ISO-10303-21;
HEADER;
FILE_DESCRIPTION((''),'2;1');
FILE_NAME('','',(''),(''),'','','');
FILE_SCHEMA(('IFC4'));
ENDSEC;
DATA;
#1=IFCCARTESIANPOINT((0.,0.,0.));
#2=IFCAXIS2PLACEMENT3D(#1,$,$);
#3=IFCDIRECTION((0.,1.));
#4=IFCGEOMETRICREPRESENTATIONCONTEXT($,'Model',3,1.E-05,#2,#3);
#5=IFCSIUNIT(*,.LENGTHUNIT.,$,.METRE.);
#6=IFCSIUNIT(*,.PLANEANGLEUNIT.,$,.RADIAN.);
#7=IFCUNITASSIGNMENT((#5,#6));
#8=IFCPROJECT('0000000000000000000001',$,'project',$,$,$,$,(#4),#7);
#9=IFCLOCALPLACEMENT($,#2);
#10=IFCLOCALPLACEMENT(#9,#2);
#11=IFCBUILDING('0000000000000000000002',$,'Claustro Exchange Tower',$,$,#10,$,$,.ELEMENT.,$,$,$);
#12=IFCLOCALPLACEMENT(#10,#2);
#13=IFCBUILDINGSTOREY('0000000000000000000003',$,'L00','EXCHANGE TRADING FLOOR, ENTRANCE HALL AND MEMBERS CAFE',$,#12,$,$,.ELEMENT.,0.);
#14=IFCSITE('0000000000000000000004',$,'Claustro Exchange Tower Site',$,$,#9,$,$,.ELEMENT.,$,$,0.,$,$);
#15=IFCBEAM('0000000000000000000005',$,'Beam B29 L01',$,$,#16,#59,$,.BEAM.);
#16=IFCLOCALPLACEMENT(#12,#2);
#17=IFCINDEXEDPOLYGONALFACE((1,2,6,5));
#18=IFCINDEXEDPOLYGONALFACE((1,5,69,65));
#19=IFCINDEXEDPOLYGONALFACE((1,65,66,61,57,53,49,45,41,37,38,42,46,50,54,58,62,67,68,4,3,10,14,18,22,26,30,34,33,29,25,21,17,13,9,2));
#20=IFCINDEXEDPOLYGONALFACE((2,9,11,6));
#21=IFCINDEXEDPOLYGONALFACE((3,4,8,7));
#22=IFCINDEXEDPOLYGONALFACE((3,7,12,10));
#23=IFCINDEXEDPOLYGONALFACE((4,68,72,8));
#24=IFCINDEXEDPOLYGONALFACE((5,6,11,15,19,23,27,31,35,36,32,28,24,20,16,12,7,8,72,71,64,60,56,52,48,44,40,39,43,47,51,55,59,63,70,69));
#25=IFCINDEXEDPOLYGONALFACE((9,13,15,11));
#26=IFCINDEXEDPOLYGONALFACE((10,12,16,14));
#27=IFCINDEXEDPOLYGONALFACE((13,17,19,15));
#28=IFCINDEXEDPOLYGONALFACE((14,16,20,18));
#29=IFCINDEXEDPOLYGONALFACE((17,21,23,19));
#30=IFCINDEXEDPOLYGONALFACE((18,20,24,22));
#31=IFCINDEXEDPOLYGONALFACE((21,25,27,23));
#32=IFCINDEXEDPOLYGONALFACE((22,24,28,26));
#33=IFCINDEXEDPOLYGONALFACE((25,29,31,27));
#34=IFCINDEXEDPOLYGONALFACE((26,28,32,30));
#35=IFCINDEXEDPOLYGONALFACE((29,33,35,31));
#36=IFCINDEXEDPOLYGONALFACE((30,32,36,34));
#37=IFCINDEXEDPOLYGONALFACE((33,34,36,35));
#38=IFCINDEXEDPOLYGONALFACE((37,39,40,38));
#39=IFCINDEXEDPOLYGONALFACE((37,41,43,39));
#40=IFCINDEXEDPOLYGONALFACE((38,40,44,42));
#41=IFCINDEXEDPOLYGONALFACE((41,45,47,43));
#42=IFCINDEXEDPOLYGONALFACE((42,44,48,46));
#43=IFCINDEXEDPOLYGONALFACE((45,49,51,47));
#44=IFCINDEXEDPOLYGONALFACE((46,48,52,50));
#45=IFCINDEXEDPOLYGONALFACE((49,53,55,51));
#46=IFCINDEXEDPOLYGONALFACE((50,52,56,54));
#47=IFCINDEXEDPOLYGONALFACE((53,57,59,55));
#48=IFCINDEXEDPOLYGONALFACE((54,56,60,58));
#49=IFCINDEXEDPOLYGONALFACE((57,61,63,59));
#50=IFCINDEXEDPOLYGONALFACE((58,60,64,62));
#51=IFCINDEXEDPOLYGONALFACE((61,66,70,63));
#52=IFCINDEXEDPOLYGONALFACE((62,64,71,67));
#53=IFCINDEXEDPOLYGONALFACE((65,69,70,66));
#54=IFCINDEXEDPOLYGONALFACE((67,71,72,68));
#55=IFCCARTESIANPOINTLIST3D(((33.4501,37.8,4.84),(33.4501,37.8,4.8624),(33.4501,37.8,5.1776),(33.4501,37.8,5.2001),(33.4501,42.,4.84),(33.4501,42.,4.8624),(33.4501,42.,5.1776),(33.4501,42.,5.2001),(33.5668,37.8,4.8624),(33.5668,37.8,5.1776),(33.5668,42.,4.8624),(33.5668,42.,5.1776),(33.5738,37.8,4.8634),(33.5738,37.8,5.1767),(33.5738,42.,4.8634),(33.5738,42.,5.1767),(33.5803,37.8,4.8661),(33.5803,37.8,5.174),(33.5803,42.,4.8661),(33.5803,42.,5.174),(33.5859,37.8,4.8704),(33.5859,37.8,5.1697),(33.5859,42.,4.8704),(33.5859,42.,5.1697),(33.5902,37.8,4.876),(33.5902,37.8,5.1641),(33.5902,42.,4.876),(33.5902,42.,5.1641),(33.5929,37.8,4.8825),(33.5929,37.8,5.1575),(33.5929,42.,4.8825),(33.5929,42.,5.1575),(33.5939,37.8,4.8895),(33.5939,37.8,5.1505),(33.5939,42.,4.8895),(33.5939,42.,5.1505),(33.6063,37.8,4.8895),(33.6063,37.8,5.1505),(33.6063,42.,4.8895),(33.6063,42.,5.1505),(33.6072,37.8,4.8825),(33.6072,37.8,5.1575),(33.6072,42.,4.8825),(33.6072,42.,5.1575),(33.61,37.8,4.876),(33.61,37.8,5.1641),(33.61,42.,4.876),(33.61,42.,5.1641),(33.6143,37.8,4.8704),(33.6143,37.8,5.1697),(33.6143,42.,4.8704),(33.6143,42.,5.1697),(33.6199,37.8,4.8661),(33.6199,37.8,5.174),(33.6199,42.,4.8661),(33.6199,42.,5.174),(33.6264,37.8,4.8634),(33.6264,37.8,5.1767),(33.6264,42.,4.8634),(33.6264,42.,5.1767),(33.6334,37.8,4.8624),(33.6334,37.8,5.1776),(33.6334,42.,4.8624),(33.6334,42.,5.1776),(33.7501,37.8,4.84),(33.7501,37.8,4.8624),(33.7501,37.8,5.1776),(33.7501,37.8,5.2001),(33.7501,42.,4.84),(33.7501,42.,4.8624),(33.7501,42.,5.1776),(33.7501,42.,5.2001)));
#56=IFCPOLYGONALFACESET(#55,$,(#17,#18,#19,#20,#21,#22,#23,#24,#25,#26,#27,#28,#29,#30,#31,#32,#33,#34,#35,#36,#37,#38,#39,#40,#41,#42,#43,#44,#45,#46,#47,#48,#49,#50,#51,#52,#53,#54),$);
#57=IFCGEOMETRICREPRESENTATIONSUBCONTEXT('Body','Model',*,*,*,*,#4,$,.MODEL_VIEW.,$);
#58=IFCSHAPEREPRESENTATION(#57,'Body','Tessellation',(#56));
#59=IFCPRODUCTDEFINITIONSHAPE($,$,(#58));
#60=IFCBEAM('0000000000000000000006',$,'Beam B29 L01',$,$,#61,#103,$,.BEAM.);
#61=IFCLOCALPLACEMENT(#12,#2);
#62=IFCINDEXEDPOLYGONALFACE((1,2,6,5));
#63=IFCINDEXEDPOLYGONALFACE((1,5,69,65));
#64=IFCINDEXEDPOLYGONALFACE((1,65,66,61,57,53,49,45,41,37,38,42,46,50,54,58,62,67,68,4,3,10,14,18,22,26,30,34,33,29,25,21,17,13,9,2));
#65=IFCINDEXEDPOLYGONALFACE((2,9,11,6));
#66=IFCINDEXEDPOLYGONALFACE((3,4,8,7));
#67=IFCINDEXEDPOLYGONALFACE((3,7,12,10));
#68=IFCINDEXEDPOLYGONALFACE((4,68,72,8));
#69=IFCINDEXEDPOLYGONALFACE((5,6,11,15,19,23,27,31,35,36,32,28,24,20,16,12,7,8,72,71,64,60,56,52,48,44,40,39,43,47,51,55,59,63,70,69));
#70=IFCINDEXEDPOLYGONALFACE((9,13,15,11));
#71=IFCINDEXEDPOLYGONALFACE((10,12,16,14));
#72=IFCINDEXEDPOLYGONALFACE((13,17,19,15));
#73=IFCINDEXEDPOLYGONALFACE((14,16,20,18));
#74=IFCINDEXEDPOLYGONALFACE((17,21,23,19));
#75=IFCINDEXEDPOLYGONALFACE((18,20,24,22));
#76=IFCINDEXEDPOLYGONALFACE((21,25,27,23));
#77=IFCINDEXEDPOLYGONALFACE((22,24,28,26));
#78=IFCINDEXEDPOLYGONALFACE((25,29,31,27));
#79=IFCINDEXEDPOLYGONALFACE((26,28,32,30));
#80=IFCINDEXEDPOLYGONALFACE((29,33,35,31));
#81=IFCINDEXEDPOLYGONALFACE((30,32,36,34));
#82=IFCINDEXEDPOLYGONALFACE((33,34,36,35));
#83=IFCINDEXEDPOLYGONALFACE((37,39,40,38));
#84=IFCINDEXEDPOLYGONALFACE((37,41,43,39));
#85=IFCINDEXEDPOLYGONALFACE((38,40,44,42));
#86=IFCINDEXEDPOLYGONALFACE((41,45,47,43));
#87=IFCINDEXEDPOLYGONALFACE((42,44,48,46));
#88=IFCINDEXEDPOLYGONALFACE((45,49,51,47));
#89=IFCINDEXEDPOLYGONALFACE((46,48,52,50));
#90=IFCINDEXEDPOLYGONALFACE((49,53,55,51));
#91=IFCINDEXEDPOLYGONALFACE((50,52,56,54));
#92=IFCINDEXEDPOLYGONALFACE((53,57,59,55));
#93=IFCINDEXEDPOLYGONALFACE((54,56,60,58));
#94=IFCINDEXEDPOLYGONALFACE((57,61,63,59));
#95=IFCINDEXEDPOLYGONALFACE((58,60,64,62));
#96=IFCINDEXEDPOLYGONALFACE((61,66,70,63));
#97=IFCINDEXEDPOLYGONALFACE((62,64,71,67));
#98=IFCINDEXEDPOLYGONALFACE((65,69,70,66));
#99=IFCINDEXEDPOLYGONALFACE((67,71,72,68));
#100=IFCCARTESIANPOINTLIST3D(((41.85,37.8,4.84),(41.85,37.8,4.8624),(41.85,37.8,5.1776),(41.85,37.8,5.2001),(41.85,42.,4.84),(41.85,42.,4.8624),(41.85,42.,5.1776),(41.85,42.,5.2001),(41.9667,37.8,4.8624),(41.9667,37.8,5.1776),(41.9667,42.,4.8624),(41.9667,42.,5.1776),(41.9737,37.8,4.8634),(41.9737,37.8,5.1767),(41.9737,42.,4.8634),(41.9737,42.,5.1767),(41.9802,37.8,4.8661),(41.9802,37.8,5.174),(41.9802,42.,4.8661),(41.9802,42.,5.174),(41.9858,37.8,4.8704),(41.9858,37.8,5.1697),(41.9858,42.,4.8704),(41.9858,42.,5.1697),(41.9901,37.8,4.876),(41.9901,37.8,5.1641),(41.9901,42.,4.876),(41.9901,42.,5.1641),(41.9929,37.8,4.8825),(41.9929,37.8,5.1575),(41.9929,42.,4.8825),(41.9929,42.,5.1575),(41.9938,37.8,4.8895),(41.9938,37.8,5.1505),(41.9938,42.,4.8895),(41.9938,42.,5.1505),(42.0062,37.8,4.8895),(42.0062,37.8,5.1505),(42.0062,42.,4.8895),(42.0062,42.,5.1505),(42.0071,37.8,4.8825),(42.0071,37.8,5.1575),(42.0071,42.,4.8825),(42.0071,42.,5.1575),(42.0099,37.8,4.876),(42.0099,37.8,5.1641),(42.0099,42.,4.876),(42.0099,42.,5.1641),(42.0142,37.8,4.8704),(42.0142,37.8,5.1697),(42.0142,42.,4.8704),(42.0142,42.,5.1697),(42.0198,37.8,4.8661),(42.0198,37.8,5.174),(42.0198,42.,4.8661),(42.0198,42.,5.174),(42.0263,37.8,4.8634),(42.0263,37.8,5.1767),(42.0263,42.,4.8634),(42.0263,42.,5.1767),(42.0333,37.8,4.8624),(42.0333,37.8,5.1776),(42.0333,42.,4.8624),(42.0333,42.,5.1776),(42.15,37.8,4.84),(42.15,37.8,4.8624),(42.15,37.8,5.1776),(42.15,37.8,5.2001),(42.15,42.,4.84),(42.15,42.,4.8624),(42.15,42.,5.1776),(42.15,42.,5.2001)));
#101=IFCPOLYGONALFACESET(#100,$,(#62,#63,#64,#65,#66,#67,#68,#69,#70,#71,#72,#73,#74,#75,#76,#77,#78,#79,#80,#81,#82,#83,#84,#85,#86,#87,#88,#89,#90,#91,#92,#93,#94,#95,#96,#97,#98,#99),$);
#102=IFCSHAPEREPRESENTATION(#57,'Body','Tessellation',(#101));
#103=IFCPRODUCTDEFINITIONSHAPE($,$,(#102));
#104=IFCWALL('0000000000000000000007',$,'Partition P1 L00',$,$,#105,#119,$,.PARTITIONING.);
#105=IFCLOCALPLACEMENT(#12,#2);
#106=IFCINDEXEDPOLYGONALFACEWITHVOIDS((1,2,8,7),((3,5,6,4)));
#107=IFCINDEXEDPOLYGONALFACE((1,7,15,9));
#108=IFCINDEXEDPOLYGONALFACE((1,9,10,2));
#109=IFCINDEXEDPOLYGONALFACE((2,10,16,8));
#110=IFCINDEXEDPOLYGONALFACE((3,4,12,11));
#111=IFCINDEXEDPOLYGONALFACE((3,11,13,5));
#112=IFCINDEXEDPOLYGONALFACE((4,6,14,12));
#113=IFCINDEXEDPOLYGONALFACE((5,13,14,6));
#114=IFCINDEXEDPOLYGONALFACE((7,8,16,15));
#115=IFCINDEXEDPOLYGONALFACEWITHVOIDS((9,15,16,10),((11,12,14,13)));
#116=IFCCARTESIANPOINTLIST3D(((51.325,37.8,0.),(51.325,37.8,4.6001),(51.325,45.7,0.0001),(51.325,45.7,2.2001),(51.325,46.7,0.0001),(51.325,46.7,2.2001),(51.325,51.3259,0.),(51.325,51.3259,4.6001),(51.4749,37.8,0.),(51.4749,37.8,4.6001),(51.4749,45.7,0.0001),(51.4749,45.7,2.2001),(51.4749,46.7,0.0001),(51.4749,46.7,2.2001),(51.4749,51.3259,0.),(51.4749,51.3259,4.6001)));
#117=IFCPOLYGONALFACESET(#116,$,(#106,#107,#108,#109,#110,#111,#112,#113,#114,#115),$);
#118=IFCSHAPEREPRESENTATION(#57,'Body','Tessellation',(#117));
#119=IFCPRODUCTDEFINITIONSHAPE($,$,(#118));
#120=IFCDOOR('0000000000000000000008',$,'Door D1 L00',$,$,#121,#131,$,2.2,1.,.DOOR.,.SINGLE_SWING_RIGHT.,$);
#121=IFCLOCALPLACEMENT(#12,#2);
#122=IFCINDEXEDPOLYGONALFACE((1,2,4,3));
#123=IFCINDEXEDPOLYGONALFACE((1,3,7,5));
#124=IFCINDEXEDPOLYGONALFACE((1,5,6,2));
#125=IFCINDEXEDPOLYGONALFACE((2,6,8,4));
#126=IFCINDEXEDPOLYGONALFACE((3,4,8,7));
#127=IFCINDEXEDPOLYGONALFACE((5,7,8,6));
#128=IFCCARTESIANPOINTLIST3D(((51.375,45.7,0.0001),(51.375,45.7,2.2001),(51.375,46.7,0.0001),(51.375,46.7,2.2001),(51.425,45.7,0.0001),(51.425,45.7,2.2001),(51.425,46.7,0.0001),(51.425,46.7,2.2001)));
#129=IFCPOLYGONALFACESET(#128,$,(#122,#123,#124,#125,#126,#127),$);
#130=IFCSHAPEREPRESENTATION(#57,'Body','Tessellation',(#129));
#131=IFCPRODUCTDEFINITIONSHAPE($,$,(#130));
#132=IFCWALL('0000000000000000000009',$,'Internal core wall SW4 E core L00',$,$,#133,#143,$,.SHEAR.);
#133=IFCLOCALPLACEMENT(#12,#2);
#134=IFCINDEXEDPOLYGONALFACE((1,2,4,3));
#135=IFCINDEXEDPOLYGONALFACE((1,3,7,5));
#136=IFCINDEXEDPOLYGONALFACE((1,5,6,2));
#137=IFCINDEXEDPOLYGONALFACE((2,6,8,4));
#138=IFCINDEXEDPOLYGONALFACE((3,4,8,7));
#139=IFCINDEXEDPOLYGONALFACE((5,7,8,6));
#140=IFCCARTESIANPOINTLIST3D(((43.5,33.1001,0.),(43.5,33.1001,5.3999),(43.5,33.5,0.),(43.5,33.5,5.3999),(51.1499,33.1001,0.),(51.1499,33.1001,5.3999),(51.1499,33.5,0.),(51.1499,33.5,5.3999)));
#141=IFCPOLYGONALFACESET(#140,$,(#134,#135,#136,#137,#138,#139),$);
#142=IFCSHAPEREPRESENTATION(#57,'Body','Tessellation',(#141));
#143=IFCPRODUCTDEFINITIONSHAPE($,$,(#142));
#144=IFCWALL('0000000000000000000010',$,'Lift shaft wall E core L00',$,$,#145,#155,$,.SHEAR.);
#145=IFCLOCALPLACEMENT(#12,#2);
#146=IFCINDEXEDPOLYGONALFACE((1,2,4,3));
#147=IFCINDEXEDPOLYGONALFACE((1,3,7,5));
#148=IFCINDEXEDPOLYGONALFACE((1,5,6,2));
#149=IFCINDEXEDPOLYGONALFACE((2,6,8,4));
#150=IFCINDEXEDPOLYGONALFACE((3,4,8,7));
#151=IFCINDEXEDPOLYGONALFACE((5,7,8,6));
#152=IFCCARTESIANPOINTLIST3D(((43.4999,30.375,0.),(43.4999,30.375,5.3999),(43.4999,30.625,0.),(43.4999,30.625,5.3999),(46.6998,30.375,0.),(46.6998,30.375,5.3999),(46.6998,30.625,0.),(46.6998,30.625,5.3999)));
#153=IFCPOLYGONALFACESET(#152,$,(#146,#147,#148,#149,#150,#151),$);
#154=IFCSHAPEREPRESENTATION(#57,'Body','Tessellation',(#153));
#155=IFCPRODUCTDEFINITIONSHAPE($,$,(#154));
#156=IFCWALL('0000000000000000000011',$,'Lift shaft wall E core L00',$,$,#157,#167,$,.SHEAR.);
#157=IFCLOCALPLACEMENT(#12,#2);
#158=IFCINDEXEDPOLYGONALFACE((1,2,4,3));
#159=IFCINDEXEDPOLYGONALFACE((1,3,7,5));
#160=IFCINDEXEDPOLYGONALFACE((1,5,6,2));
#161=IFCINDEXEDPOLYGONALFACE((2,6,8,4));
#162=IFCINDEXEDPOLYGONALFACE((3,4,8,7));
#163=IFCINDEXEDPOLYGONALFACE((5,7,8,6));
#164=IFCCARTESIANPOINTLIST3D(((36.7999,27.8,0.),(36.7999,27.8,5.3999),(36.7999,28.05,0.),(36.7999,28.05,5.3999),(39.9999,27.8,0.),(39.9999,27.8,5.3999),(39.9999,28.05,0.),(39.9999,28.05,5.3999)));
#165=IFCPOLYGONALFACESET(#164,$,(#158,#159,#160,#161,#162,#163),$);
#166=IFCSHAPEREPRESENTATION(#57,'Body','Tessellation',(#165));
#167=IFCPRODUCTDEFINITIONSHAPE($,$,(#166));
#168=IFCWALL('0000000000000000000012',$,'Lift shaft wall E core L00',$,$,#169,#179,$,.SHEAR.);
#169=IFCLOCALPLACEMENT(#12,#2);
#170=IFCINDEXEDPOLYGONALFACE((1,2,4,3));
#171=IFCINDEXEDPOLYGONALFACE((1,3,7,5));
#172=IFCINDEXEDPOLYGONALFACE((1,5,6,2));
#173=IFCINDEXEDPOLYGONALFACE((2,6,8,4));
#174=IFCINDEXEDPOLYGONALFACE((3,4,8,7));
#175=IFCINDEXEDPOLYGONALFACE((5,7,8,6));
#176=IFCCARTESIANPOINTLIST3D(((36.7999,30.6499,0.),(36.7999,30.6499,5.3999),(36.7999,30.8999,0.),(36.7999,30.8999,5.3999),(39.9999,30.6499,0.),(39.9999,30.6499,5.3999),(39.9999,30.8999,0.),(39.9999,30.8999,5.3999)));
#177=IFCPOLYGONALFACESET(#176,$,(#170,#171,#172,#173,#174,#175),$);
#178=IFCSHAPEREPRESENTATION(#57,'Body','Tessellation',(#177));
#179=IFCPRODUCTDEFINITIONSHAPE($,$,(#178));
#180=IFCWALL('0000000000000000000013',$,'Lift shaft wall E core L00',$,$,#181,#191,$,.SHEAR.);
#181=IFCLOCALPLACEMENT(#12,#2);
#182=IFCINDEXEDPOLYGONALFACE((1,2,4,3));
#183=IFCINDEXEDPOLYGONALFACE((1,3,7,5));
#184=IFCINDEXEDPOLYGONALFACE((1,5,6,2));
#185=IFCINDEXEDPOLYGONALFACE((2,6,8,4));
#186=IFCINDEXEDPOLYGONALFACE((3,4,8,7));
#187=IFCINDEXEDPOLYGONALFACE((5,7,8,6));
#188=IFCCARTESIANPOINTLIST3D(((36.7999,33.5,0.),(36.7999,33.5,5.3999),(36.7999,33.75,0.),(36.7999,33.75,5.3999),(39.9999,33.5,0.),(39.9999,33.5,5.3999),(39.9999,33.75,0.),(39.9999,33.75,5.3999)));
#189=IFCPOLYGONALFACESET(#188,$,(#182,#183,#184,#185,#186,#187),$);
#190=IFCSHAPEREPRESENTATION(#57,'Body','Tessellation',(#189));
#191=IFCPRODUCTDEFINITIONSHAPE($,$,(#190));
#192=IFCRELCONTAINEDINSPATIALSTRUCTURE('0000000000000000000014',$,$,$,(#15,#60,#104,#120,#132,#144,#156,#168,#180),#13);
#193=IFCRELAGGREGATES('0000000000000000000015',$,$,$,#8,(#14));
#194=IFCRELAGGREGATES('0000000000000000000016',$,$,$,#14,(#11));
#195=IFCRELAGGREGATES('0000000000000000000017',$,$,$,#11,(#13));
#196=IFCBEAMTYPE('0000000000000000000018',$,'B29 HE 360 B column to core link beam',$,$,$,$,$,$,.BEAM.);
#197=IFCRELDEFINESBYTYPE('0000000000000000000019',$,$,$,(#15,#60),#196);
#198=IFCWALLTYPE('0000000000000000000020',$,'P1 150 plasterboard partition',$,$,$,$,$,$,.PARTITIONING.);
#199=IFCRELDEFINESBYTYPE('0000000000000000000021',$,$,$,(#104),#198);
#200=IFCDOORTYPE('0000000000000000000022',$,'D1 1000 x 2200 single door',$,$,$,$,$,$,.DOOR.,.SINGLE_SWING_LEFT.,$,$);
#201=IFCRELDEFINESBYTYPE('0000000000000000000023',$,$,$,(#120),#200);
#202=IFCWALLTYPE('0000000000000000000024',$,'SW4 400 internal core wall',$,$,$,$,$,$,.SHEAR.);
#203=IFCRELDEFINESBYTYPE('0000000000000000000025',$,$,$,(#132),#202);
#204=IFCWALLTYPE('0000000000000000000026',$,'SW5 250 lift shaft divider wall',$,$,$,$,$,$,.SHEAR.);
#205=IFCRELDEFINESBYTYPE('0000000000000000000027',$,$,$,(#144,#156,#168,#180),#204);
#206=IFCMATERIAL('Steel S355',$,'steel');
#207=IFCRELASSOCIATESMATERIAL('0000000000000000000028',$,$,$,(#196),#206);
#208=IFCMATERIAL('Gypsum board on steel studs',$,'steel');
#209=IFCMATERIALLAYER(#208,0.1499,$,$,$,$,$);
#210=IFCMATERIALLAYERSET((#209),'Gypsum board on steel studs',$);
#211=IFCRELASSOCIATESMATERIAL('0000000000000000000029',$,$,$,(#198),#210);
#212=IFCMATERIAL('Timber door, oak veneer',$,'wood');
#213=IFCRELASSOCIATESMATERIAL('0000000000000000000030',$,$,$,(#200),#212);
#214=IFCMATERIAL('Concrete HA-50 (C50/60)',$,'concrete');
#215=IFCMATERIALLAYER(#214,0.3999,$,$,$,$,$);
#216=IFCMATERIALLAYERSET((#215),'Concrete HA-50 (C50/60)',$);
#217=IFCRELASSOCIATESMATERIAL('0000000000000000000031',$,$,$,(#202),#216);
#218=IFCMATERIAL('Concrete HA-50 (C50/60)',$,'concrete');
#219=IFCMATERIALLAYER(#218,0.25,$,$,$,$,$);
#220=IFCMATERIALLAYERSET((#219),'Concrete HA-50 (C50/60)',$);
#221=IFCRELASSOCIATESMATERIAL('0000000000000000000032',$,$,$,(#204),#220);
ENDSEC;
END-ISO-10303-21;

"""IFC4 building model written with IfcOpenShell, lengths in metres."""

from ifc_helpers import new_model, si_unit, direction, frame, frame_2d, origin, origin_2d, place, context, subcontext, project, spatial, rectangle, i_section, extrude, material, layer, layer_set, material_profile, profile_set, type_object, element, fill, save


model = new_model("IFC4")

# Units and contexts
model_context = context("Model", 3, precision=1e-05, world=origin(), true_north=direction((0.0, 1.0)))
body_context = subcontext(model_context, "Body", "Model", "MODEL_VIEW")
ifc_project = project(units=[si_unit("LENGTHUNIT", "METRE"), si_unit("PLANEANGLEUNIT", "RADIAN")], contexts=[model_context])

# Site, building, storey
site_placement = place(None, origin())
site = spatial("IfcSite", under=ifc_project, at=site_placement, Name="Claustro Exchange Tower Site", CompositionType="ELEMENT", RefElevation=0.0)
building_placement = place(site_placement, origin())
building = spatial("IfcBuilding", under=site, at=building_placement, Name="Claustro Exchange Tower", CompositionType="ELEMENT")
storey_placement = place(building_placement, origin())
storey = spatial("IfcBuildingStorey", under=building, at=storey_placement, Name="L00", Description="EXCHANGE TRADING FLOOR, ENTRANCE HALL AND MEMBERS CAFE", CompositionType="ELEMENT", Elevation=0.0)

# Beams
ifc_material_1 = material(Name="Steel S355", Category="steel")
ifc_material_profile_1 = material_profile(ifc_material_1, i_section(OverallWidth=0.3, OverallDepth=0.3601, WebThickness=0.0125, FlangeThickness=0.0225, FilletRadius=0.0271, at=origin_2d()), Name="HE 360 B")
ifc_profile_set_1 = profile_set([ifc_material_profile_1], Name="Steel S355")
beam_type_1 = type_object("IfcBeamType", Name="B29 HE 360 B column to core link beam", PredefinedType="BEAM", material=ifc_profile_set_1)
for number, where, z_axis, x_axis, name in (
    (1, (33.6001, 37.8, 5.02), (0.0, 1.0, 0.0), (-1.0, 0.0, 0.0), "Beam B29 L01"),
    (2, (42.0, 37.8, 5.02), (0.0, 1.0, 0.0), (-1.0, 0.0, 0.0), "Beam B29 L01"),
):
    element("IfcBeam", number, at=place(storey_placement, frame(where, z_axis=z_axis, x_axis=x_axis)), inside=storey, type_object=beam_type_1, Name=name, PredefinedType="BEAM", context=body_context, shape_type="SweptSolid", body=[
        extrude(i_section(OverallWidth=0.3, OverallDepth=0.3601, WebThickness=0.0125, FlangeThickness=0.0225, FilletRadius=0.0271, at=origin_2d()), origin(), (0.0, 0.0, 1.0), 4.2),
    ])

# Wall, opening, door
ifc_material_2 = material(Name="Gypsum board on steel studs", Category="steel")
ifc_layer_1 = layer(ifc_material_2, 0.1499)
ifc_layer_set_1 = layer_set([ifc_layer_1], Name="Gypsum board on steel studs")
wall_type_1 = type_object("IfcWallType", Name="P1 150 plasterboard partition", PredefinedType="PARTITIONING", material=ifc_layer_set_1)
wall_1_placement = place(storey_placement, frame((51.3999, 37.8, 0.0), z_axis=(0.0, 0.0, 1.0), x_axis=(0.0, 1.0, 0.0)))
wall_1 = element("IfcWall", 3, at=wall_1_placement, inside=storey, type_object=wall_type_1, Name="Partition P1 L00", PredefinedType="PARTITIONING", context=body_context, shape_type="SweptSolid", body=[
    extrude(rectangle(XDim=13.5259, YDim=0.1499, at=frame_2d((6.7629, 0.0))), origin(), (0.0, 0.0, 1.0), 4.6001),
])
opening_1_placement = place(wall_1_placement, frame((7.8999, 0.0, 0.0)))
opening_1 = element("IfcOpeningElement", 4, at=opening_1_placement, cuts=wall_1, PredefinedType="OPENING", context=body_context, shape_type="SweptSolid", body=[
    extrude(rectangle(XDim=1.0, YDim=2.2, at=frame_2d((0.5, 1.1001))), frame((0.0, 0.085, 0.0), z_axis=(0.0, -1.0, 0.0), x_axis=(1.0, 0.0, 0.0)), (0.0, 0.0, 1.0), 0.1699),
])
ifc_material_3 = material(Name="Timber door, oak veneer", Category="wood")
door_type_1 = type_object("IfcDoorType", Name="D1 1000 x 2200 single door", OperationType="SINGLE_SWING_LEFT", PredefinedType="DOOR", material=ifc_material_3)
door_1_placement = place(opening_1_placement, origin())
door_1 = element("IfcDoor", 5, at=door_1_placement, inside=storey, type_object=door_type_1, Name="Door D1 L00", OperationType="SINGLE_SWING_RIGHT", OverallHeight=2.2, OverallWidth=1.0, PredefinedType="DOOR", context=body_context, shape_type="SweptSolid", body=[
    extrude(rectangle(XDim=1.0, YDim=2.2, at=frame_2d((0.5, 1.1001))), frame((0.0, 0.0249, 0.0), z_axis=(0.0, -1.0, 0.0), x_axis=(1.0, 0.0, 0.0)), (0.0, 0.0, 1.0), 0.05),
])
fill(opening_1, door_1)

# Walls
ifc_material_4 = material(Name="Concrete HA-50 (C50/60)", Category="concrete")
ifc_layer_2 = layer(ifc_material_4, 0.3999)
ifc_layer_set_2 = layer_set([ifc_layer_2], Name="Concrete HA-50 (C50/60)")
wall_type_2 = type_object("IfcWallType", Name="SW4 400 internal core wall", PredefinedType="SHEAR", material=ifc_layer_set_2)
wall_2_placement = place(storey_placement, frame((51.1499, 33.3, 0.0), z_axis=(0.0, 0.0, 1.0), x_axis=(-1.0, 0.0, 0.0)))
element("IfcWall", 6, at=wall_2_placement, inside=storey, type_object=wall_type_2, Name="Internal core wall SW4 E core L00", PredefinedType="SHEAR", context=body_context, shape_type="SweptSolid", body=[
    extrude(rectangle(XDim=7.6499, YDim=0.3999, at=frame_2d((3.825, 0.0))), origin(), (0.0, 0.0, 1.0), 5.3999),
])
ifc_material_5 = material(Name="Concrete HA-50 (C50/60)", Category="concrete")
ifc_layer_3 = layer(ifc_material_5, 0.25)
ifc_layer_set_3 = layer_set([ifc_layer_3], Name="Concrete HA-50 (C50/60)")
wall_type_3 = type_object("IfcWallType", Name="SW5 250 lift shaft divider wall", PredefinedType="SHEAR", material=ifc_layer_set_3)
for number, where, z_axis, x_axis, name in (
    (7, (46.7, 30.5, 0.0), (0.0, 0.0, 1.0), (-1.0, 0.0, 0.0), "Lift shaft wall E core L00"),
    (8, (40.0, 27.925, 0.0), (0.0, 0.0, 1.0), (-1.0, 0.0, 0.0), "Lift shaft wall E core L00"),
    (9, (40.0, 30.7749, 0.0), (0.0, 0.0, 1.0), (-1.0, 0.0, 0.0), "Lift shaft wall E core L00"),
    (10, (40.0, 33.625, 0.0), (0.0, 0.0, 1.0), (-1.0, 0.0, 0.0), "Lift shaft wall E core L00"),
):
    element("IfcWall", number, at=place(storey_placement, frame(where, z_axis=z_axis, x_axis=x_axis)), inside=storey, type_object=wall_type_3, Name=name, PredefinedType="SHEAR", context=body_context, shape_type="SweptSolid", body=[
        extrude(rectangle(XDim=3.2, YDim=0.25, at=frame_2d((1.6001, 0.0))), origin(), (0.0, 0.0, 1.0), 5.3999),
    ])

save(model, "model.ifc")
